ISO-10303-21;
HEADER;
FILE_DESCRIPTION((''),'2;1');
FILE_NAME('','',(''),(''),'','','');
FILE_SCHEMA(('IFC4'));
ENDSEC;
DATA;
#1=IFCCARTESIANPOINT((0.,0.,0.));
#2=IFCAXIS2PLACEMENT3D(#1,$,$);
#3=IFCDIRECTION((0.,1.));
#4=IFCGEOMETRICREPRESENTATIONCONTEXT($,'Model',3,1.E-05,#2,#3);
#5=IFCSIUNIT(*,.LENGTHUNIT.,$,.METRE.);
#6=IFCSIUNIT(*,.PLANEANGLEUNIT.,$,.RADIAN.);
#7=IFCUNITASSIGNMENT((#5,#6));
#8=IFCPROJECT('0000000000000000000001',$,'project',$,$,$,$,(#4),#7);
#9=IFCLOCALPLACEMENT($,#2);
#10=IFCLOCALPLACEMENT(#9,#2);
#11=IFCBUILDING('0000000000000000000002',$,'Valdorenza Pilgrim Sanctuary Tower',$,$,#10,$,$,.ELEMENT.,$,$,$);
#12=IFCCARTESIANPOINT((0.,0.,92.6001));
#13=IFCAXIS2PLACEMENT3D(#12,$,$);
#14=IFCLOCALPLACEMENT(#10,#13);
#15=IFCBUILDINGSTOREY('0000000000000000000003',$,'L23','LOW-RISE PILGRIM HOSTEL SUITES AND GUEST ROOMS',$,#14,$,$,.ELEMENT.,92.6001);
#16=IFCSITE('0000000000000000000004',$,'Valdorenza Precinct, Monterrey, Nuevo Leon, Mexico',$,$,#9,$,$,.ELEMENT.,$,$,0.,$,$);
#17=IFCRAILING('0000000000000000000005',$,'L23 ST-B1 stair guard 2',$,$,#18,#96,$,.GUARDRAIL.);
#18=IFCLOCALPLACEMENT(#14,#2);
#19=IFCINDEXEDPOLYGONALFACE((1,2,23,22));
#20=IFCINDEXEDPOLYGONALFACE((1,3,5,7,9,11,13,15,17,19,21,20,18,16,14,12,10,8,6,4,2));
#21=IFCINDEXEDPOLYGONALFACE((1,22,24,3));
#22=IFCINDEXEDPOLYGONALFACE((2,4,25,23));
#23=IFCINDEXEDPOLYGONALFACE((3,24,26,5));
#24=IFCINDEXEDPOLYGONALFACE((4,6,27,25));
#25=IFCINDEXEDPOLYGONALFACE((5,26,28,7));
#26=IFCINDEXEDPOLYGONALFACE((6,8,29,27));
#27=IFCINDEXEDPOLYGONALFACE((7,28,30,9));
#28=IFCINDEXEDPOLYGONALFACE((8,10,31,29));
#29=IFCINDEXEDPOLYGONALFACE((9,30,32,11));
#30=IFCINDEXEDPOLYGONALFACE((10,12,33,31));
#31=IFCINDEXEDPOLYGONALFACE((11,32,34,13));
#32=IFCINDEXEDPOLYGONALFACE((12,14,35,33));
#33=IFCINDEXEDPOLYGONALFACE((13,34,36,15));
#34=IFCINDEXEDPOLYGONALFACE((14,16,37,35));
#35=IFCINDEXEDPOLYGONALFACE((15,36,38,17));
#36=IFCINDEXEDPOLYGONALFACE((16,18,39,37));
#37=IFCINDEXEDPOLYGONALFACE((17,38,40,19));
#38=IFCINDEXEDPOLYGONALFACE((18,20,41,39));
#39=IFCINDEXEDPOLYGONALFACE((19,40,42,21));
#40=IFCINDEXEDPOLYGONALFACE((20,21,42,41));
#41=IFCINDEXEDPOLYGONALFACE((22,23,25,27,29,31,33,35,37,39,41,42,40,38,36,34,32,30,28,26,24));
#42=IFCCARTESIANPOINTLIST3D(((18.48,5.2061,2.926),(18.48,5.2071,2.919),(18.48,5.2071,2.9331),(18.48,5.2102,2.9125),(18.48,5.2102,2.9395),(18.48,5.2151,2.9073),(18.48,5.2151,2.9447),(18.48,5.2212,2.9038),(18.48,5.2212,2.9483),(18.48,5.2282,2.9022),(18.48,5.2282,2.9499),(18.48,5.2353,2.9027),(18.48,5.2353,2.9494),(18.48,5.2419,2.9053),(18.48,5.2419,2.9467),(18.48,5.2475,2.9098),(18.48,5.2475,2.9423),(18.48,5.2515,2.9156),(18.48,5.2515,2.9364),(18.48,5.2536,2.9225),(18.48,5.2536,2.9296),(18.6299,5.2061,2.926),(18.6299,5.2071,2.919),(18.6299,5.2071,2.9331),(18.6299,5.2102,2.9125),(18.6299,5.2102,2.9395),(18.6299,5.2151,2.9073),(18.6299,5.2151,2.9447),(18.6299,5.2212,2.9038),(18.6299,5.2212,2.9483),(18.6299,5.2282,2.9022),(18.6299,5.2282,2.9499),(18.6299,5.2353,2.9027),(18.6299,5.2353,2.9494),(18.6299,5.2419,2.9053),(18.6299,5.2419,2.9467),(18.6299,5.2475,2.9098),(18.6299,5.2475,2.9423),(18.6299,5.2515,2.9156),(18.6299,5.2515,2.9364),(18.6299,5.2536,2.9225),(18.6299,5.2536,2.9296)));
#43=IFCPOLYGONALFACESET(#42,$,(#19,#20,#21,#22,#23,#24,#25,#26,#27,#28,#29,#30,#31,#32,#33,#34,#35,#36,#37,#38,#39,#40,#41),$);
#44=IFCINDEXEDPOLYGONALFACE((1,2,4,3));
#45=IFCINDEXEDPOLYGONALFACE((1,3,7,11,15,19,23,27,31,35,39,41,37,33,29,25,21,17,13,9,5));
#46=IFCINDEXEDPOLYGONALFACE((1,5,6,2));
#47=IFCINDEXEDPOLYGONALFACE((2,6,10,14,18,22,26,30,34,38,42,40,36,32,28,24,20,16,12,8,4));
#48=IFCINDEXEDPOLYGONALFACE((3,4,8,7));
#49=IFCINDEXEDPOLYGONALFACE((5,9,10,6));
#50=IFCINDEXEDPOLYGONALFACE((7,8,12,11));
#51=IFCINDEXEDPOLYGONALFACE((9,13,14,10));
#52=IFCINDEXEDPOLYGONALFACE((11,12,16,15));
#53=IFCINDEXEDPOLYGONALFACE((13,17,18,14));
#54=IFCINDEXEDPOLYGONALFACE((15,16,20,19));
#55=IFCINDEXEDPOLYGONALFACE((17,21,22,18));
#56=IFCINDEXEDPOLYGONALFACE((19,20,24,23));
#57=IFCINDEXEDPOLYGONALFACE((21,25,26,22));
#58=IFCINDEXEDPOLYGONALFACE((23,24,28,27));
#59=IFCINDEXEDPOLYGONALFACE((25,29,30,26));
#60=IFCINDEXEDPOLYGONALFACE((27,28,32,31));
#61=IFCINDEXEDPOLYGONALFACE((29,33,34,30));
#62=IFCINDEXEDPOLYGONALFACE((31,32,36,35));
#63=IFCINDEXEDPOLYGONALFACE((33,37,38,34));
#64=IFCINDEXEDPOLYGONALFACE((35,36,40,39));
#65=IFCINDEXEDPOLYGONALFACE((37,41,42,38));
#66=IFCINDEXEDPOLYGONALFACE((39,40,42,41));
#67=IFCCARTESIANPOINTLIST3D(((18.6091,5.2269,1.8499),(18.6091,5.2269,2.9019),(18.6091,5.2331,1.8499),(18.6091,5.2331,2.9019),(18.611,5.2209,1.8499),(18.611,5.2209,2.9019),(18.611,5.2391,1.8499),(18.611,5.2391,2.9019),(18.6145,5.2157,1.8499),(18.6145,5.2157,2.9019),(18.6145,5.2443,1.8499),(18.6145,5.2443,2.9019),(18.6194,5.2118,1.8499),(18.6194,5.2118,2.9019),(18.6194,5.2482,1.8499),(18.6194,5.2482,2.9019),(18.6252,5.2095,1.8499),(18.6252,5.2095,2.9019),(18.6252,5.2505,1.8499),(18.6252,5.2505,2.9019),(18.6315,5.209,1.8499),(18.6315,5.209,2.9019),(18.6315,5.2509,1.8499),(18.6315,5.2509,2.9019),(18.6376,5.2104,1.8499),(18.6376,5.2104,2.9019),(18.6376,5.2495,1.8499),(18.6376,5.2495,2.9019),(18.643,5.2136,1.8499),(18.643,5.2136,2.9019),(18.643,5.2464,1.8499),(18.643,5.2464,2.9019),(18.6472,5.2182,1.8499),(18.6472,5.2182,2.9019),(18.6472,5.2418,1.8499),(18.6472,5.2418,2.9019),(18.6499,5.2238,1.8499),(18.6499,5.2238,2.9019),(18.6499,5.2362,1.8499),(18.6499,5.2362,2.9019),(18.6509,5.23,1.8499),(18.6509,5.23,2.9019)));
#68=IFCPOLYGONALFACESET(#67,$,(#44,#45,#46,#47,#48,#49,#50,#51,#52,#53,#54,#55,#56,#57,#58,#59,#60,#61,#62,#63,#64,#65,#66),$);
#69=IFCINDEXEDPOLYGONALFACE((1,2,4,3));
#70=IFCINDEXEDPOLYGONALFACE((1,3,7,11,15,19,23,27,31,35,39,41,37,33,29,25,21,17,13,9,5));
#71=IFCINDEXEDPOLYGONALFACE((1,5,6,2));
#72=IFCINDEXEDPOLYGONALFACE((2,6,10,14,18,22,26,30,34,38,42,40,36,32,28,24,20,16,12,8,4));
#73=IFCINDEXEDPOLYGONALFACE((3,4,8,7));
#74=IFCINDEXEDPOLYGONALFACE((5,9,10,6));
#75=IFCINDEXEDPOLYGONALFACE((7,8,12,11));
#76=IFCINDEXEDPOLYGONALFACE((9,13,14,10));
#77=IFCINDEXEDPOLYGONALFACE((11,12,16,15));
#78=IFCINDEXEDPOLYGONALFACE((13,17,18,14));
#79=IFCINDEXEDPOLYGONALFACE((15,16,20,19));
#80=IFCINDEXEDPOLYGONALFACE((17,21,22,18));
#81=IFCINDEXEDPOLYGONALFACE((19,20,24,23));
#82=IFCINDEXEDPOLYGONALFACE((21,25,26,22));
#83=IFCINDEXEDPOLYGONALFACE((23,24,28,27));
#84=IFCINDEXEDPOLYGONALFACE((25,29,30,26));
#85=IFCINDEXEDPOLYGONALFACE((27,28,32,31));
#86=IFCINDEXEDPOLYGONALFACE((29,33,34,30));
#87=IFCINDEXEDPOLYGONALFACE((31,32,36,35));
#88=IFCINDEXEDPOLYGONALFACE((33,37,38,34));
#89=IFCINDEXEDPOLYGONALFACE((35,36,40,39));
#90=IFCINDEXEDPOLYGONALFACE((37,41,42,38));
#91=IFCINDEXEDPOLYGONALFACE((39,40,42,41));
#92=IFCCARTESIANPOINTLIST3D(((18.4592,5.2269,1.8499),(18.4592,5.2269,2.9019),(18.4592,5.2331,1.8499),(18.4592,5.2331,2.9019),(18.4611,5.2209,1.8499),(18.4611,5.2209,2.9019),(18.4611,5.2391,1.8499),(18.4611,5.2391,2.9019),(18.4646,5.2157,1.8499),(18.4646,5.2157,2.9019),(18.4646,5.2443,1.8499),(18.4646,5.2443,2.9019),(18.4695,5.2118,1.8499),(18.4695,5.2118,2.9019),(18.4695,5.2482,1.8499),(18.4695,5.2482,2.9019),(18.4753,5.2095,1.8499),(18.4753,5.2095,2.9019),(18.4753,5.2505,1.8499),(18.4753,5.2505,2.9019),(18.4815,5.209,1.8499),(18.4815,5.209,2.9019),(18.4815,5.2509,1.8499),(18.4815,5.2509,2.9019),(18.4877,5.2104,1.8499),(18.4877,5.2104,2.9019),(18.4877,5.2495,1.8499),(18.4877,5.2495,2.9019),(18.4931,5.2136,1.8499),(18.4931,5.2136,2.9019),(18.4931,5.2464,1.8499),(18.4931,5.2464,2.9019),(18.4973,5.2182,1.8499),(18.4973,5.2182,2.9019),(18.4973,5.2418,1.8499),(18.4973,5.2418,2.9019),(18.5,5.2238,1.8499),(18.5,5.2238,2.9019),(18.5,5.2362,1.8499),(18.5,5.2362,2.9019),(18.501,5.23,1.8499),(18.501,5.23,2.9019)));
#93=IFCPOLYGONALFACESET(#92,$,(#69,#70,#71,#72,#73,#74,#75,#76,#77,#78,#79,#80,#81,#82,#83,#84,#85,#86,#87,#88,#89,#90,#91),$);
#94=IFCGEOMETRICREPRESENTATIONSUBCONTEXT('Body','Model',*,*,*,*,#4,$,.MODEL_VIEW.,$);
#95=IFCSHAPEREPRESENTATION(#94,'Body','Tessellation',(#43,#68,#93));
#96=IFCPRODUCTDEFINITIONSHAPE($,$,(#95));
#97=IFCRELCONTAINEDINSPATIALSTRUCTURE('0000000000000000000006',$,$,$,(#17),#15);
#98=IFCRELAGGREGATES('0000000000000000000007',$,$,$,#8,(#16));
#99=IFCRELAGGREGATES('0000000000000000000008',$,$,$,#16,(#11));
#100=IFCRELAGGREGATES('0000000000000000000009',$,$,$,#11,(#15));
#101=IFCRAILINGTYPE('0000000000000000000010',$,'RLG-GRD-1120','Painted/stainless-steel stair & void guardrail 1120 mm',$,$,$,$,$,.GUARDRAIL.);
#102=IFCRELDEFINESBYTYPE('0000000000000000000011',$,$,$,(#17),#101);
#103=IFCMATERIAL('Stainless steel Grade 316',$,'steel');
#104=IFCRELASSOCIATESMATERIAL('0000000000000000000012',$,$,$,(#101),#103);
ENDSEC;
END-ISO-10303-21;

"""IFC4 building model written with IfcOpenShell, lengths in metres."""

from ifc_helpers import new_model, si_unit, direction, frame, origin, origin_2d, place, context, subcontext, project, spatial, circle, extrude, material, type_object, element, save


model = new_model("IFC4")

# Units and contexts
model_context = context("Model", 3, precision=1e-05, world=origin(), true_north=direction((0.0, 1.0)))
body_context = subcontext(model_context, "Body", "Model", "MODEL_VIEW")
ifc_project = project(units=[si_unit("LENGTHUNIT", "METRE"), si_unit("PLANEANGLEUNIT", "RADIAN")], contexts=[model_context])

# Site, building, storey
site_placement = place(None, origin())
site = spatial("IfcSite", under=ifc_project, at=site_placement, Name="Valdorenza Precinct, Monterrey, Nuevo Leon, Mexico", CompositionType="ELEMENT", RefElevation=0.0)
building_placement = place(site_placement, origin())
building = spatial("IfcBuilding", under=site, at=building_placement, Name="Valdorenza Pilgrim Sanctuary Tower", CompositionType="ELEMENT")
storey_placement = place(building_placement, frame((0.0, 0.0, 92.6001)))
storey = spatial("IfcBuildingStorey", under=building, at=storey_placement, Name="L23", Description="LOW-RISE PILGRIM HOSTEL SUITES AND GUEST ROOMS", CompositionType="ELEMENT", Elevation=92.6001)

# Railing
ifc_material_1 = material(Name="Stainless steel Grade 316", Category="steel")
railing_type_1 = type_object("IfcRailingType", Name="RLG-GRD-1120", Description="Painted/stainless-steel stair & void guardrail 1120 mm", PredefinedType="GUARDRAIL", material=ifc_material_1)
railing_1_placement = place(storey_placement, frame((18.6299, 5.23, 1.8499)))
element("IfcRailing", 1, at=railing_1_placement, inside=storey, type_object=railing_type_1, Name="L23 ST-B1 stair guard 2", PredefinedType="GUARDRAIL", context=body_context, shape_type="SweptSolid", body=[
    extrude(circle(Radius=0.0239, at=origin_2d()), frame((0.0, 0.0, 1.0762), z_axis=(-1.0, 0.0, 0.0), x_axis=(0.0, -1.0, 0.0)), (0.0, 0.0, 1.0), 0.1499),
    extrude(circle(Radius=0.021, at=origin_2d()), origin(), (0.0, 0.0, 1.0), 1.052),
    extrude(circle(Radius=0.021, at=origin_2d()), frame((-0.1499, 0.0, 0.0)), (0.0, 0.0, 1.0), 1.052),
])

save(model, "model.ifc")
